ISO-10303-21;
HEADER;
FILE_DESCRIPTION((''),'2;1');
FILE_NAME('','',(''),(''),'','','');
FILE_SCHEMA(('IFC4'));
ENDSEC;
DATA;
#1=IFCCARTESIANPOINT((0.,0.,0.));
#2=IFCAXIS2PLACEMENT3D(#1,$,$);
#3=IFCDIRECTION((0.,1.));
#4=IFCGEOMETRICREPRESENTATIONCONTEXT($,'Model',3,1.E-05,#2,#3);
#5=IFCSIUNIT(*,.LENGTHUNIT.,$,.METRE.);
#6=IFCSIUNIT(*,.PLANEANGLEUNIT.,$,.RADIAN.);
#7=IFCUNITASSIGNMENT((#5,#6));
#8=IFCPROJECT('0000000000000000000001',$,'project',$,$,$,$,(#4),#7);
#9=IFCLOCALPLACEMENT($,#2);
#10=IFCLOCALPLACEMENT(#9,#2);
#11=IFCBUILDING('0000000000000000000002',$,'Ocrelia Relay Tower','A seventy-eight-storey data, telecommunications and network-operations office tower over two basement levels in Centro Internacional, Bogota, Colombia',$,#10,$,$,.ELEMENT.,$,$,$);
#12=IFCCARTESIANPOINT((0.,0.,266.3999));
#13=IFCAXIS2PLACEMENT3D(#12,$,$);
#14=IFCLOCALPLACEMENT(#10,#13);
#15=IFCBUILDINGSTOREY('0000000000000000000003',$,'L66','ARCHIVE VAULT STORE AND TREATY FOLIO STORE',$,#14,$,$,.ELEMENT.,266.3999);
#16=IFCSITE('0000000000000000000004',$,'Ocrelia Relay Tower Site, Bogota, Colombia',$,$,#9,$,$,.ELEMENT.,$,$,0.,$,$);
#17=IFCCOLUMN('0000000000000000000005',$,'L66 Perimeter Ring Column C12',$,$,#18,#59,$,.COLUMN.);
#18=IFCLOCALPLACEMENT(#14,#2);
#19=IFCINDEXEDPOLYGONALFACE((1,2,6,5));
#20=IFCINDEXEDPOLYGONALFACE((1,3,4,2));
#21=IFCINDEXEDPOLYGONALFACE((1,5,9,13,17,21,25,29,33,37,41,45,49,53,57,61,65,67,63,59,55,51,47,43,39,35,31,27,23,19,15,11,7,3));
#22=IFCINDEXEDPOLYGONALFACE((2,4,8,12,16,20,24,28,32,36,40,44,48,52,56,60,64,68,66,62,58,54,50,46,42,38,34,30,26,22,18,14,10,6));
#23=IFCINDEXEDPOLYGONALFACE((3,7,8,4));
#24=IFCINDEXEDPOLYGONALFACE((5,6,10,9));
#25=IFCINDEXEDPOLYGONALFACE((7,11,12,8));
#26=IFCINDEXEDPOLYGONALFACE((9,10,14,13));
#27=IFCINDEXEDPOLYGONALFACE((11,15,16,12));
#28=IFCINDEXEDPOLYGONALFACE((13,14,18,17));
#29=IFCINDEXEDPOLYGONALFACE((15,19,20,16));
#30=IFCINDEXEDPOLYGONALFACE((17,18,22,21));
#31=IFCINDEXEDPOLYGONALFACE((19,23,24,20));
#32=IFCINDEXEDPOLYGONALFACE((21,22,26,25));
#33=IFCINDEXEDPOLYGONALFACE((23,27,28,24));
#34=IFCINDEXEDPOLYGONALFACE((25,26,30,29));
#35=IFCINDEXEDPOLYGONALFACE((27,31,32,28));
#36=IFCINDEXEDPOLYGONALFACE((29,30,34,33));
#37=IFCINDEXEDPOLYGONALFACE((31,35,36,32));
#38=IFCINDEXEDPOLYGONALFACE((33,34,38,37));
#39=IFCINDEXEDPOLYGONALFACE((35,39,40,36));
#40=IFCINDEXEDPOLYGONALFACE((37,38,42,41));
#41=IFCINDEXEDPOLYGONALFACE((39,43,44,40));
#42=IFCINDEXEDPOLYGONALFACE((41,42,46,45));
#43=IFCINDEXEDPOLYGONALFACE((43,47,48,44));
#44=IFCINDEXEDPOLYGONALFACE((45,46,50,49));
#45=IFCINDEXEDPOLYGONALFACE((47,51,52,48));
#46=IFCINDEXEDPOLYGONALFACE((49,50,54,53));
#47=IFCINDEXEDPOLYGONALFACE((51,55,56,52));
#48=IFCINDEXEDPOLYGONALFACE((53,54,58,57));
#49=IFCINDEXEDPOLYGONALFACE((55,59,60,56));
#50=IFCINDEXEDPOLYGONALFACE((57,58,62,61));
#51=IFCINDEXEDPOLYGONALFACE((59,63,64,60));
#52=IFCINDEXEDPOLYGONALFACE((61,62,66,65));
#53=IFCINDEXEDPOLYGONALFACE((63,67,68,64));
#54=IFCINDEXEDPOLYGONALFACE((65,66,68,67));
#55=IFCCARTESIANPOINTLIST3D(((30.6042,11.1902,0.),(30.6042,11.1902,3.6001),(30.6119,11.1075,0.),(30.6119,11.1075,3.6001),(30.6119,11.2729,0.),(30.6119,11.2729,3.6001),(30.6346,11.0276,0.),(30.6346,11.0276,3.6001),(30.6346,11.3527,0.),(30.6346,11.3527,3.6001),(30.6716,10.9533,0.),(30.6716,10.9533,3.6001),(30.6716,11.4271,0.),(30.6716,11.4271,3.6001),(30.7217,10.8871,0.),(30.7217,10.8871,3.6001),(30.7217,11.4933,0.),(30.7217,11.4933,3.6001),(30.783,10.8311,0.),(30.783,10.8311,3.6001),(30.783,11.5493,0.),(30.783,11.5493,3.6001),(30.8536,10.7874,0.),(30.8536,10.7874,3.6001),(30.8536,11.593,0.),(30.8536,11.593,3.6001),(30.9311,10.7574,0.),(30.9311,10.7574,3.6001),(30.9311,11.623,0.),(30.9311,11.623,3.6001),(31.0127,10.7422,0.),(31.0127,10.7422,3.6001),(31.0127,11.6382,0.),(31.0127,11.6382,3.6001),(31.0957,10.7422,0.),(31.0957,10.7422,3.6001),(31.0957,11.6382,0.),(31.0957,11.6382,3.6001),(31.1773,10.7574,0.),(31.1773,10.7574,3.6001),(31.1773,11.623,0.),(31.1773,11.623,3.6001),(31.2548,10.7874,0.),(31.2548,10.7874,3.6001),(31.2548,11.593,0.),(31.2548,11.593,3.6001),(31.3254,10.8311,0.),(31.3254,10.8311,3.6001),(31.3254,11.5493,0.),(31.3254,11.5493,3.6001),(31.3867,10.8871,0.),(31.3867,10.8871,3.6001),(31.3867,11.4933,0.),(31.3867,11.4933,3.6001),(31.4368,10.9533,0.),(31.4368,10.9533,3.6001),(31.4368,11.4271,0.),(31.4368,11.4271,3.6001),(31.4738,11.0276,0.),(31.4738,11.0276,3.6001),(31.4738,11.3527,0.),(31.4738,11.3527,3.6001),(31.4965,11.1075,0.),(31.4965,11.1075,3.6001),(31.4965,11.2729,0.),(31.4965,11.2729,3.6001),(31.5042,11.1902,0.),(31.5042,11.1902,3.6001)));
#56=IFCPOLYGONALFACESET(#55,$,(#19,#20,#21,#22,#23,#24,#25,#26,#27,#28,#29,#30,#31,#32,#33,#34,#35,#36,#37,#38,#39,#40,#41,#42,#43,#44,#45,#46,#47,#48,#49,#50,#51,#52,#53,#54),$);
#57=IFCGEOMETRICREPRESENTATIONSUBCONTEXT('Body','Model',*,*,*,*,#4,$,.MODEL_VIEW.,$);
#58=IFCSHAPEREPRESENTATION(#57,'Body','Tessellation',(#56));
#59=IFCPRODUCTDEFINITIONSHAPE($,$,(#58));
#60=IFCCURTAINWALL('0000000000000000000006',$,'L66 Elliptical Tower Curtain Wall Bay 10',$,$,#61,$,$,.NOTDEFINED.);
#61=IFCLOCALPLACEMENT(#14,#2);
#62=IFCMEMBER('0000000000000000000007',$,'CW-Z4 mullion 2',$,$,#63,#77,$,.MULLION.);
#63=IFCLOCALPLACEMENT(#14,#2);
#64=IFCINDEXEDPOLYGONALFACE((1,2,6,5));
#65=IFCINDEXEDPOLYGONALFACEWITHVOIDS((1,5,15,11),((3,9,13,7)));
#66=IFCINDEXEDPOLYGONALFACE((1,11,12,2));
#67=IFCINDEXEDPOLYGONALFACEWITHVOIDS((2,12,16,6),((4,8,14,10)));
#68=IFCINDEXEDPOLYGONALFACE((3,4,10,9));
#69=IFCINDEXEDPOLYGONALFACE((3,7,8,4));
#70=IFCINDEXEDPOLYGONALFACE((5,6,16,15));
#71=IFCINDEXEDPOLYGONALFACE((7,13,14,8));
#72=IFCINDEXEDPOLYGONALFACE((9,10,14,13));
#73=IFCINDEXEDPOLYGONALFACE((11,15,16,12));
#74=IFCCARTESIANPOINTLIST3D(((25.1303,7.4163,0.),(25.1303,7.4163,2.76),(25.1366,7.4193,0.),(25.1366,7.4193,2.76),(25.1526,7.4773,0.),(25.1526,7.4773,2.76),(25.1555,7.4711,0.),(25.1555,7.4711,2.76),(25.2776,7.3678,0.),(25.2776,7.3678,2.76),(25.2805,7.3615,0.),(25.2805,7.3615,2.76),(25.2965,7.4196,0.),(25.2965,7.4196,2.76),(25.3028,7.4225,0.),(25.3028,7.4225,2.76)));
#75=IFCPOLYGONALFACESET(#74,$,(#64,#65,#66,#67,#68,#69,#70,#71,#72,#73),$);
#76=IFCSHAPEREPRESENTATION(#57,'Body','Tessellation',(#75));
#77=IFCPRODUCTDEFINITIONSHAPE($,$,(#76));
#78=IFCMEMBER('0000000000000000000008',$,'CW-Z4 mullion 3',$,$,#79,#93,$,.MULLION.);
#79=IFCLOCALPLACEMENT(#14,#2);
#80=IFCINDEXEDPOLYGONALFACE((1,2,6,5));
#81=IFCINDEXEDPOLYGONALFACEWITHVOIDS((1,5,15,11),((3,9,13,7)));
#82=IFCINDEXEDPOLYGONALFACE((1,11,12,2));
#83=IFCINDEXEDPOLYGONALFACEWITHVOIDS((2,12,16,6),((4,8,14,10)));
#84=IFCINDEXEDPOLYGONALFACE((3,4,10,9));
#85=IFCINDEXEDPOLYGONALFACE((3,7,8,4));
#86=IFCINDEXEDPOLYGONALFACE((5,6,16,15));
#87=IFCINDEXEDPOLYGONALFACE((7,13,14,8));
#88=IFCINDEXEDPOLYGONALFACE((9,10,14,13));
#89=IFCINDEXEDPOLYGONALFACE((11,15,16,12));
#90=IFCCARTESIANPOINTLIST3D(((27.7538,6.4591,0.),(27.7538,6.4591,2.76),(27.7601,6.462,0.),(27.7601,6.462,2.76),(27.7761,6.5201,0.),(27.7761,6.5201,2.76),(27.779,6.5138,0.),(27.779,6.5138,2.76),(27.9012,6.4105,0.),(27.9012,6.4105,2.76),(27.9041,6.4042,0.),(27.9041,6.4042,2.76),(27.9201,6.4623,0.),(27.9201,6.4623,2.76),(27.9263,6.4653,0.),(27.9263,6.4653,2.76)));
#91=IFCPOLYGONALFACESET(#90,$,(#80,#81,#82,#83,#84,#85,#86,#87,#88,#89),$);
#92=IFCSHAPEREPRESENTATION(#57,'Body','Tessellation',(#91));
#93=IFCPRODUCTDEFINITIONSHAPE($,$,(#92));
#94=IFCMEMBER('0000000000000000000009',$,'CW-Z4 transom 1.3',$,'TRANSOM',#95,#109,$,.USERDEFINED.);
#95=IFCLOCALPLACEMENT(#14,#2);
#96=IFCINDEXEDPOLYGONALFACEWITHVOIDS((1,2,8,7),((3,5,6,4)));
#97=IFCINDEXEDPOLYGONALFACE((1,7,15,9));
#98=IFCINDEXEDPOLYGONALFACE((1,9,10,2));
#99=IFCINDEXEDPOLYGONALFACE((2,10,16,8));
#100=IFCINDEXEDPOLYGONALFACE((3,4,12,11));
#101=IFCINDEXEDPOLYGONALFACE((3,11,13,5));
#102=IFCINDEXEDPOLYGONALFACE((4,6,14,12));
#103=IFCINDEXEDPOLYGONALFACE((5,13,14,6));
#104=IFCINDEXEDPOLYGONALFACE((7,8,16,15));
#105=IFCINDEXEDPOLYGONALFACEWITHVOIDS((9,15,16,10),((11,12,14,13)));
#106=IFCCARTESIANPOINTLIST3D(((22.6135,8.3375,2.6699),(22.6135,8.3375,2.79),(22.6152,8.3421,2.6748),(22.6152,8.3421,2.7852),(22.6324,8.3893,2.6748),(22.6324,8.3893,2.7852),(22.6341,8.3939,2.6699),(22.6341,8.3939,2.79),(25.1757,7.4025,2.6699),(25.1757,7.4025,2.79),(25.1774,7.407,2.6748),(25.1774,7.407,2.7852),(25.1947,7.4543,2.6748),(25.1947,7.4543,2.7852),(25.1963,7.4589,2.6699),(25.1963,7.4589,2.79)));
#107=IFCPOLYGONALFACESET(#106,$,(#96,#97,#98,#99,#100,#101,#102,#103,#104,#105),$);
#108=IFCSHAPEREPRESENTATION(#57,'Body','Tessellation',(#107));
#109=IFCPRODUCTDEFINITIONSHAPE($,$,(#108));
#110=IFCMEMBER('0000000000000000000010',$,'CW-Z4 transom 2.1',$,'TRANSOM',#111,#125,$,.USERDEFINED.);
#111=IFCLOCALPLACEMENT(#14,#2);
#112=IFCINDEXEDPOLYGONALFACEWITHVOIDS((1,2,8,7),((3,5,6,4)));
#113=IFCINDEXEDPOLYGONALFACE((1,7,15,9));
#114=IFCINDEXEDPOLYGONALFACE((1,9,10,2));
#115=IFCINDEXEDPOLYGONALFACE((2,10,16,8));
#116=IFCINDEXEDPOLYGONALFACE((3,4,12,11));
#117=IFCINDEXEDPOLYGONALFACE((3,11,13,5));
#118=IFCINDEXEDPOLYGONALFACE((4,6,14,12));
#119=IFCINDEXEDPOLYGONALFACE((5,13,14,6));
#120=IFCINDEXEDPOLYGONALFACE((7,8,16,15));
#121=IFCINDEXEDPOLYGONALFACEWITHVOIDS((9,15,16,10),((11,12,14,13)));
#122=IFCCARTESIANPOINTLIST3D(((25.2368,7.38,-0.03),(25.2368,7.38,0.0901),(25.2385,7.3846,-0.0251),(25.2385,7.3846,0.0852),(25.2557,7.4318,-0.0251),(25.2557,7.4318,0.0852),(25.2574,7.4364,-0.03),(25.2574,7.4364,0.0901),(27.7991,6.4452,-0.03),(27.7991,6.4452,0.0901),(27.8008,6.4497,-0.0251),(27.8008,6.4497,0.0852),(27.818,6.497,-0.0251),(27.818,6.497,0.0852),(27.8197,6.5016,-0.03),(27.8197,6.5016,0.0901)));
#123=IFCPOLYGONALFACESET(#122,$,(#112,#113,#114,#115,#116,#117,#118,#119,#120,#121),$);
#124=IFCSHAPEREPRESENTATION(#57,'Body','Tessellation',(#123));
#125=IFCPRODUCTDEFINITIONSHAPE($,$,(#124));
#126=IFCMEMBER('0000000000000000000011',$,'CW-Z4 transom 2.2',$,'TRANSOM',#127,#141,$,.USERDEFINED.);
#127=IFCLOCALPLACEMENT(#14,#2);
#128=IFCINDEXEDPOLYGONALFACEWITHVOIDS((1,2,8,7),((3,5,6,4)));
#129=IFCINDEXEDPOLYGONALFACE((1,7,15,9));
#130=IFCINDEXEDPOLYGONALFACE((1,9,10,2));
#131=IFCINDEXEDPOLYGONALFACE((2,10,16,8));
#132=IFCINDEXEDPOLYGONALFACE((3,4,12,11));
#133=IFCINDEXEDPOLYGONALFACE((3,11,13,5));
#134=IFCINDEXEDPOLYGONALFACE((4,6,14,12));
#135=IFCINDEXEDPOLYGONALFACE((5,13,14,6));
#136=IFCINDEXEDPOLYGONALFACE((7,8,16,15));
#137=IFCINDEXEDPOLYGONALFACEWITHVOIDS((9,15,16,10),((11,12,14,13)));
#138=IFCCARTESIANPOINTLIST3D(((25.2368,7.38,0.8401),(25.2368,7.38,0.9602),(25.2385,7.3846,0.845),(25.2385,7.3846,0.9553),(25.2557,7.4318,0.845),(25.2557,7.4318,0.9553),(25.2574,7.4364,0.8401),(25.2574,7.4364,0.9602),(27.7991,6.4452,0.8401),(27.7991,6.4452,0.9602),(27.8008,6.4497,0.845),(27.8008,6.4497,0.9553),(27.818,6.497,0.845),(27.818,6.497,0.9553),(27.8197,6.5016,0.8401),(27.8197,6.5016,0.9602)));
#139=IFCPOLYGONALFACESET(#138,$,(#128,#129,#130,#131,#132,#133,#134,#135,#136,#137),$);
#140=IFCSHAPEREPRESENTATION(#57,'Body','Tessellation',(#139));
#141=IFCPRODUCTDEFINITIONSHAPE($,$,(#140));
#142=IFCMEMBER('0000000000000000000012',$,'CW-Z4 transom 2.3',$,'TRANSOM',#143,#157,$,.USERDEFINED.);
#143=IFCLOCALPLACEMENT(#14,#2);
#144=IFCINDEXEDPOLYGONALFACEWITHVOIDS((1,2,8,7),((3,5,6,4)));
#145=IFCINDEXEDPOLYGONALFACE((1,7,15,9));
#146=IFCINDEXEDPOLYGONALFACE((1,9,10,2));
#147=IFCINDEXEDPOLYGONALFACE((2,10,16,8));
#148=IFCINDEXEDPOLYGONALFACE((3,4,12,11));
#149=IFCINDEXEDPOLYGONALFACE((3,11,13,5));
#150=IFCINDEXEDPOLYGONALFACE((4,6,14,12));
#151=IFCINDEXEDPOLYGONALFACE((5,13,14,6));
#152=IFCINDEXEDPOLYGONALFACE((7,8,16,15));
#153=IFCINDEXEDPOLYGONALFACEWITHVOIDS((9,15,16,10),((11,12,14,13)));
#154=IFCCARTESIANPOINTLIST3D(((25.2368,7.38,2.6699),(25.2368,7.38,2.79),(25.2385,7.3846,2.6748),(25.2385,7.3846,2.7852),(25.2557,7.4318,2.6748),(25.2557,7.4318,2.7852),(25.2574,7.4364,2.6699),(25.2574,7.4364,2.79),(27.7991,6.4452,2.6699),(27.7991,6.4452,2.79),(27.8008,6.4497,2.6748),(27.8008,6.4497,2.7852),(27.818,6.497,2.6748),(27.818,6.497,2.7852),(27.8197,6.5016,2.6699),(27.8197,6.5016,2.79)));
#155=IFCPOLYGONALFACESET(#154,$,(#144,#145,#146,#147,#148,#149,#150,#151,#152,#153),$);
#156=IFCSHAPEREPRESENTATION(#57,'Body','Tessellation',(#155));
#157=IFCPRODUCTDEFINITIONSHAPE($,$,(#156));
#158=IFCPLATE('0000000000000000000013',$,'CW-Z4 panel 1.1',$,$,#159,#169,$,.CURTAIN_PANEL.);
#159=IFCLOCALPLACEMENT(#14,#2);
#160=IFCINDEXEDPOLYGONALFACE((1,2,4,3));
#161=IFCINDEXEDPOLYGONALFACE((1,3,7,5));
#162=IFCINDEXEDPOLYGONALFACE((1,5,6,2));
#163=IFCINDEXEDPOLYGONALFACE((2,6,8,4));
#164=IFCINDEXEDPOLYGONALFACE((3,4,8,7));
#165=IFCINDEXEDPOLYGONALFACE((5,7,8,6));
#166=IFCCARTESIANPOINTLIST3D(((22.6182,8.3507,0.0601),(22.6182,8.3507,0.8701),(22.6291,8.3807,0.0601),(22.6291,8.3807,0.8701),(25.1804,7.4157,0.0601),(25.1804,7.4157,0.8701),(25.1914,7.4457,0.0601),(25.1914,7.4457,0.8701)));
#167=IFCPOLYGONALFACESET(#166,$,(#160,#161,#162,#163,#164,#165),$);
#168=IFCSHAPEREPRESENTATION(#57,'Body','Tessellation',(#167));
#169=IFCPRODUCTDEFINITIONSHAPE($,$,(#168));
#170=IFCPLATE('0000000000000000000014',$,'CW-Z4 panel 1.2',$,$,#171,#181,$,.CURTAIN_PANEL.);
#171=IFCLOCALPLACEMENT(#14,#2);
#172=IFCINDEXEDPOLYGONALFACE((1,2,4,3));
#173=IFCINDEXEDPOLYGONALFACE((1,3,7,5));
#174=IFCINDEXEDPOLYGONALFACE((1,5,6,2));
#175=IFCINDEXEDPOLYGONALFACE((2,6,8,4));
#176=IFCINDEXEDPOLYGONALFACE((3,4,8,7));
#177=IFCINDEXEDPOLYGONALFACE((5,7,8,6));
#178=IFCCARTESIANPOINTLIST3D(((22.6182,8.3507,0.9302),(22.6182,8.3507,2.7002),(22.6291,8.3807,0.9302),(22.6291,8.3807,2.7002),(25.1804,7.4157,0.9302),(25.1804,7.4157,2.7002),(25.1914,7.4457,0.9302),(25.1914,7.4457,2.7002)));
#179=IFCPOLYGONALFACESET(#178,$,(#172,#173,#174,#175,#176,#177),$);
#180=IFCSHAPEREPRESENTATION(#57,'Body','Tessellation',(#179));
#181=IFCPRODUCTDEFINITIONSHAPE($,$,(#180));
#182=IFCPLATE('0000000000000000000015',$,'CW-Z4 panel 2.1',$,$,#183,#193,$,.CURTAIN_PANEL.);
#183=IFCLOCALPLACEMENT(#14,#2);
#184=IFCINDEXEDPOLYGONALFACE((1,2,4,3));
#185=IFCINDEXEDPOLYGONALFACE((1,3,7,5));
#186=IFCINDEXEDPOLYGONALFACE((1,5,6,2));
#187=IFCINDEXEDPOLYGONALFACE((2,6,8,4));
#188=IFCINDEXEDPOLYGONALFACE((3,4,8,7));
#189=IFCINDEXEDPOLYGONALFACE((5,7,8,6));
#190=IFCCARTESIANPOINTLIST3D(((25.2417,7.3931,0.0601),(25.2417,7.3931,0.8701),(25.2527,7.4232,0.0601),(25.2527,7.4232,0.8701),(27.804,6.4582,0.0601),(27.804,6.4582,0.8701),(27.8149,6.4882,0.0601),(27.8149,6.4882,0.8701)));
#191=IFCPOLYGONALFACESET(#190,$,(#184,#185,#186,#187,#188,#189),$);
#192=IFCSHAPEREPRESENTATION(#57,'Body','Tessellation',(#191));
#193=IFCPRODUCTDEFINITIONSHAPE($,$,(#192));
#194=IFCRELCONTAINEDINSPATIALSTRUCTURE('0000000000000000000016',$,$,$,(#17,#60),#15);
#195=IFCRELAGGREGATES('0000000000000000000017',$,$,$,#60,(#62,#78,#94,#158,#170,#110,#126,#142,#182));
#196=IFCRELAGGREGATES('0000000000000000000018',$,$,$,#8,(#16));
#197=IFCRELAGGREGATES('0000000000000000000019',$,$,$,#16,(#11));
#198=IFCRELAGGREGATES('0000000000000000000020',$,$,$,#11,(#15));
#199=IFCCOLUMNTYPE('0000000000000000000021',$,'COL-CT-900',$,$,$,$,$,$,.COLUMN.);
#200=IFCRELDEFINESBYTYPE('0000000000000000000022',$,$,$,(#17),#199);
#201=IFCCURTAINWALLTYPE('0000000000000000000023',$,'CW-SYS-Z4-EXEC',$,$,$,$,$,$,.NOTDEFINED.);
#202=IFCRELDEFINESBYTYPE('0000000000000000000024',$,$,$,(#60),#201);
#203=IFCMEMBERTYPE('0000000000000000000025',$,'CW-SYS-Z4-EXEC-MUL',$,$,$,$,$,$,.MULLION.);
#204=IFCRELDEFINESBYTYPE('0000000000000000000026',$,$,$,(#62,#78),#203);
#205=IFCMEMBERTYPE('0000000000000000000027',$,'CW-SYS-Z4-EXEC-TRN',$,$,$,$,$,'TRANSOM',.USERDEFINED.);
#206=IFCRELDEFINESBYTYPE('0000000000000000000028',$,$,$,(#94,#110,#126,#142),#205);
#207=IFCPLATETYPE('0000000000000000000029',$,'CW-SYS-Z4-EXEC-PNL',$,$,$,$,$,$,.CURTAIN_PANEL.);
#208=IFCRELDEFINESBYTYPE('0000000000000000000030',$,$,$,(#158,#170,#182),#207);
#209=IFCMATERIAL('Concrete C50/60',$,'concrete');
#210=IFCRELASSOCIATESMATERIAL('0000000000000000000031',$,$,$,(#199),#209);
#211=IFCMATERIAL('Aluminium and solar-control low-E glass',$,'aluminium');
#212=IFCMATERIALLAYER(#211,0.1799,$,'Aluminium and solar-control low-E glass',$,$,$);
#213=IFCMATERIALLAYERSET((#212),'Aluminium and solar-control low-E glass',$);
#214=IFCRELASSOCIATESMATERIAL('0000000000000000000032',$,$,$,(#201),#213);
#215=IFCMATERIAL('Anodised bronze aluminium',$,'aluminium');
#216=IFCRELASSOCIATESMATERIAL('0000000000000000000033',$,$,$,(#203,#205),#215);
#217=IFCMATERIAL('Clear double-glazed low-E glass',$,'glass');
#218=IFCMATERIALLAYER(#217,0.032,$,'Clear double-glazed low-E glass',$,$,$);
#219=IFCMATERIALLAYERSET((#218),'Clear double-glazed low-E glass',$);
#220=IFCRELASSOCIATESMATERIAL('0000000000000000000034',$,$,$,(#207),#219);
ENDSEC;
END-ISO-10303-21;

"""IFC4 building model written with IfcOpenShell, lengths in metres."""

from ifc_helpers import new_model, si_unit, direction, frame, origin, origin_2d, place, context, subcontext, project, spatial, rectangle, hollow_rectangle, circle, extrude, material, layer, layer_set, material_profile, profile_set, type_object, element, aggregate, save


model = new_model("IFC4")

# Units and contexts
model_context = context("Model", 3, precision=1e-05, world=origin(), true_north=direction((0.0, 1.0)))
body_context = subcontext(model_context, "Body", "Model", "MODEL_VIEW")
ifc_project = project(units=[si_unit("LENGTHUNIT", "METRE"), si_unit("PLANEANGLEUNIT", "RADIAN")], contexts=[model_context])

# Site, building, storey
site_placement = place(None, origin())
site = spatial("IfcSite", under=ifc_project, at=site_placement, Name="Ocrelia Relay Tower Site, Bogota, Colombia", CompositionType="ELEMENT", RefElevation=0.0)
building_placement = place(site_placement, origin())
building = spatial("IfcBuilding", under=site, at=building_placement, Name="Ocrelia Relay Tower", Description="A seventy-eight-storey data, telecommunications and network-operations office tower over two basement levels in Centro Internacional, Bogota, Colombia", CompositionType="ELEMENT")
storey_placement = place(building_placement, frame((0.0, 0.0, 266.3999)))
storey = spatial("IfcBuildingStorey", under=building, at=storey_placement, Name="L66", Description="ARCHIVE VAULT STORE AND TREATY FOLIO STORE", CompositionType="ELEMENT", Elevation=266.3999)

# Column
ifc_material_1 = material(Name="Concrete C50/60", Category="concrete")
ifc_material_profile_1 = material_profile(ifc_material_1, circle(Radius=0.45, at=origin_2d()), Name="RC-CIR-900")
ifc_profile_set_1 = profile_set([ifc_material_profile_1], Name="Concrete C50/60")
column_type = type_object("IfcColumnType", Name="COL-CT-900", PredefinedType="COLUMN", material=ifc_profile_set_1)
column_placement = place(storey_placement, frame((31.0542, 11.1902, 0.0), z_axis=(0.0, 0.0, 1.0), x_axis=(1.0, 0.0, 0.0)))
element("IfcColumn", 1, at=column_placement, inside=storey, type_object=column_type, Name="L66 Perimeter Ring Column C12", PredefinedType="COLUMN", context=body_context, shape_type="SweptSolid", body=[
    extrude(circle(Radius=0.45, at=origin_2d()), origin(), (0.0, 0.0, 1.0), 3.6001),
])

# Curtain wall, members, plates
ifc_material_2 = material(Name="Aluminium and solar-control low-E glass", Category="aluminium")
ifc_layer_1 = layer(ifc_material_2, 0.1799, Name="Aluminium and solar-control low-E glass")
ifc_layer_set_1 = layer_set([ifc_layer_1], Name="Aluminium and solar-control low-E glass")
curtain_wall_type = type_object("IfcCurtainWallType", Name="CW-SYS-Z4-EXEC", PredefinedType="NOTDEFINED", material=ifc_layer_set_1)
curtain_wall_placement = place(storey_placement, origin())
curtain_wall = element("IfcCurtainWall", 2, at=curtain_wall_placement, inside=storey, type_object=curtain_wall_type, Name="L66 Elliptical Tower Curtain Wall Bay 10", PredefinedType="NOTDEFINED")
ifc_material_3 = material(Name="Anodised bronze aluminium", Category="aluminium")
ifc_material_profile_2 = material_profile(ifc_material_3, hollow_rectangle(XDim=0.0649, YDim=0.1599, WallThickness=0.0049, at=origin_2d()), Name="CW-MUL-160x65")
ifc_profile_set_2 = profile_set([ifc_material_profile_2], Name="Anodised bronze aluminium")
member_type_1 = type_object("IfcMemberType", Name="CW-SYS-Z4-EXEC-MUL", PredefinedType="MULLION", material=ifc_profile_set_2)
member_1_placement = place(storey_placement, frame((25.2166, 7.4194, 0.0), z_axis=(0.0, 0.0, 1.0), x_axis=(0.342799, 0.939409, 0.0)))
member_1 = element("IfcMember", 3, at=member_1_placement, type_object=member_type_1, Name="CW-Z4 mullion 2", PredefinedType="MULLION", context=body_context, shape_type="SweptSolid", body=[
    extrude(hollow_rectangle(XDim=0.0649, YDim=0.1599, WallThickness=0.0049, at=origin_2d()), origin(), (0.0, 0.0, 1.0), 2.76),
])
member_2_placement = place(storey_placement, frame((27.8401, 6.4622, 0.0), z_axis=(0.0, 0.0, 1.0), x_axis=(0.342799, 0.939409, 0.0)))
member_2 = element("IfcMember", 4, at=member_2_placement, type_object=member_type_1, Name="CW-Z4 mullion 3", PredefinedType="MULLION", context=body_context, shape_type="SweptSolid", body=[
    extrude(hollow_rectangle(XDim=0.0649, YDim=0.1599, WallThickness=0.0049, at=origin_2d()), origin(), (0.0, 0.0, 1.0), 2.76),
])
ifc_material_profile_3 = material_profile(ifc_material_3, hollow_rectangle(XDim=0.0601, YDim=0.1201, WallThickness=0.0049, at=origin_2d()), Name="CW-TRN-120x60")
ifc_profile_set_3 = profile_set([ifc_material_profile_3], Name="Anodised bronze aluminium")
member_type_2 = type_object("IfcMemberType", Name="CW-SYS-Z4-EXEC-TRN", ElementType="TRANSOM", PredefinedType="USERDEFINED", material=ifc_profile_set_3)
member_3_placement = place(storey_placement, frame((22.6238, 8.3657, 2.73), z_axis=(0.939401, -0.342821, 0.0), x_axis=(0.342821, 0.939401, 0.0)))
member_3 = element("IfcMember", 5, at=member_3_placement, type_object=member_type_2, Name="CW-Z4 transom 1.3", ObjectType="TRANSOM", PredefinedType="USERDEFINED", context=body_context, shape_type="SweptSolid", body=[
    extrude(hollow_rectangle(XDim=0.0601, YDim=0.1201, WallThickness=0.0049, at=origin_2d()), origin(), (0.0, 0.0, 1.0), 2.7275),
])
member_4_placement = place(storey_placement, frame((25.2471, 7.4082, 0.03), z_axis=(0.93943, -0.342742, 0.0), x_axis=(0.342742, 0.93943, 0.0)))
member_4 = element("IfcMember", 6, at=member_4_placement, type_object=member_type_2, Name="CW-Z4 transom 2.1", ObjectType="TRANSOM", PredefinedType="USERDEFINED", context=body_context, shape_type="SweptSolid", body=[
    extrude(hollow_rectangle(XDim=0.0601, YDim=0.1201, WallThickness=0.0049, at=origin_2d()), origin(), (0.0, 0.0, 1.0), 2.7275),
])
member_5_placement = place(storey_placement, frame((25.2471, 7.4082, 0.9001), z_axis=(0.93943, -0.342742, 0.0), x_axis=(0.342742, 0.93943, 0.0)))
member_5 = element("IfcMember", 7, at=member_5_placement, type_object=member_type_2, Name="CW-Z4 transom 2.2", ObjectType="TRANSOM", PredefinedType="USERDEFINED", context=body_context, shape_type="SweptSolid", body=[
    extrude(hollow_rectangle(XDim=0.0601, YDim=0.1201, WallThickness=0.0049, at=origin_2d()), origin(), (0.0, 0.0, 1.0), 2.7275),
])
member_6_placement = place(storey_placement, frame((25.2471, 7.4082, 2.73), z_axis=(0.93943, -0.342742, 0.0), x_axis=(0.342742, 0.93943, 0.0)))
member_6 = element("IfcMember", 8, at=member_6_placement, type_object=member_type_2, Name="CW-Z4 transom 2.3", ObjectType="TRANSOM", PredefinedType="USERDEFINED", context=body_context, shape_type="SweptSolid", body=[
    extrude(hollow_rectangle(XDim=0.0601, YDim=0.1201, WallThickness=0.0049, at=origin_2d()), origin(), (0.0, 0.0, 1.0), 2.7275),
])
ifc_material_4 = material(Name="Clear double-glazed low-E glass", Category="glass")
ifc_layer_2 = layer(ifc_material_4, 0.032, Name="Clear double-glazed low-E glass")
ifc_layer_set_2 = layer_set([ifc_layer_2], Name="Clear double-glazed low-E glass")
plate_type = type_object("IfcPlateType", Name="CW-SYS-Z4-EXEC-PNL", PredefinedType="CURTAIN_PANEL", material=ifc_layer_set_2)
plate_1_placement = place(storey_placement, frame((23.9048, 7.8982, 0.0601), z_axis=(0.0, 0.0, 1.0), x_axis=(0.939409, -0.342799, 0.0)))
plate_1 = element("IfcPlate", 9, at=plate_1_placement, type_object=plate_type, Name="CW-Z4 panel 1.1", PredefinedType="CURTAIN_PANEL", context=body_context, shape_type="SweptSolid", body=[
    extrude(rectangle(XDim=2.7275, YDim=0.032, at=origin_2d()), origin(), (0.0, 0.0, 1.0), 0.8101),
])
plate_2_placement = place(storey_placement, frame((23.9048, 7.8982, 0.9302), z_axis=(0.0, 0.0, 1.0), x_axis=(0.939409, -0.342799, 0.0)))
plate_2 = element("IfcPlate", 10, at=plate_2_placement, type_object=plate_type, Name="CW-Z4 panel 1.2", PredefinedType="CURTAIN_PANEL", context=body_context, shape_type="SweptSolid", body=[
    extrude(rectangle(XDim=2.7275, YDim=0.032, at=origin_2d()), origin(), (0.0, 0.0, 1.0), 1.77),
])
plate_3_placement = place(storey_placement, frame((26.5283, 6.9407, 0.0601), z_axis=(0.0, 0.0, 1.0), x_axis=(0.939409, -0.342799, 0.0)))
plate_3 = element("IfcPlate", 11, at=plate_3_placement, type_object=plate_type, Name="CW-Z4 panel 2.1", PredefinedType="CURTAIN_PANEL", context=body_context, shape_type="SweptSolid", body=[
    extrude(rectangle(XDim=2.7275, YDim=0.032, at=origin_2d()), origin(), (0.0, 0.0, 1.0), 0.8101),
])
aggregate(curtain_wall, [member_1, member_2, member_3, plate_1, plate_2, member_4, member_5, member_6, plate_3])

save(model, "model.ifc")
